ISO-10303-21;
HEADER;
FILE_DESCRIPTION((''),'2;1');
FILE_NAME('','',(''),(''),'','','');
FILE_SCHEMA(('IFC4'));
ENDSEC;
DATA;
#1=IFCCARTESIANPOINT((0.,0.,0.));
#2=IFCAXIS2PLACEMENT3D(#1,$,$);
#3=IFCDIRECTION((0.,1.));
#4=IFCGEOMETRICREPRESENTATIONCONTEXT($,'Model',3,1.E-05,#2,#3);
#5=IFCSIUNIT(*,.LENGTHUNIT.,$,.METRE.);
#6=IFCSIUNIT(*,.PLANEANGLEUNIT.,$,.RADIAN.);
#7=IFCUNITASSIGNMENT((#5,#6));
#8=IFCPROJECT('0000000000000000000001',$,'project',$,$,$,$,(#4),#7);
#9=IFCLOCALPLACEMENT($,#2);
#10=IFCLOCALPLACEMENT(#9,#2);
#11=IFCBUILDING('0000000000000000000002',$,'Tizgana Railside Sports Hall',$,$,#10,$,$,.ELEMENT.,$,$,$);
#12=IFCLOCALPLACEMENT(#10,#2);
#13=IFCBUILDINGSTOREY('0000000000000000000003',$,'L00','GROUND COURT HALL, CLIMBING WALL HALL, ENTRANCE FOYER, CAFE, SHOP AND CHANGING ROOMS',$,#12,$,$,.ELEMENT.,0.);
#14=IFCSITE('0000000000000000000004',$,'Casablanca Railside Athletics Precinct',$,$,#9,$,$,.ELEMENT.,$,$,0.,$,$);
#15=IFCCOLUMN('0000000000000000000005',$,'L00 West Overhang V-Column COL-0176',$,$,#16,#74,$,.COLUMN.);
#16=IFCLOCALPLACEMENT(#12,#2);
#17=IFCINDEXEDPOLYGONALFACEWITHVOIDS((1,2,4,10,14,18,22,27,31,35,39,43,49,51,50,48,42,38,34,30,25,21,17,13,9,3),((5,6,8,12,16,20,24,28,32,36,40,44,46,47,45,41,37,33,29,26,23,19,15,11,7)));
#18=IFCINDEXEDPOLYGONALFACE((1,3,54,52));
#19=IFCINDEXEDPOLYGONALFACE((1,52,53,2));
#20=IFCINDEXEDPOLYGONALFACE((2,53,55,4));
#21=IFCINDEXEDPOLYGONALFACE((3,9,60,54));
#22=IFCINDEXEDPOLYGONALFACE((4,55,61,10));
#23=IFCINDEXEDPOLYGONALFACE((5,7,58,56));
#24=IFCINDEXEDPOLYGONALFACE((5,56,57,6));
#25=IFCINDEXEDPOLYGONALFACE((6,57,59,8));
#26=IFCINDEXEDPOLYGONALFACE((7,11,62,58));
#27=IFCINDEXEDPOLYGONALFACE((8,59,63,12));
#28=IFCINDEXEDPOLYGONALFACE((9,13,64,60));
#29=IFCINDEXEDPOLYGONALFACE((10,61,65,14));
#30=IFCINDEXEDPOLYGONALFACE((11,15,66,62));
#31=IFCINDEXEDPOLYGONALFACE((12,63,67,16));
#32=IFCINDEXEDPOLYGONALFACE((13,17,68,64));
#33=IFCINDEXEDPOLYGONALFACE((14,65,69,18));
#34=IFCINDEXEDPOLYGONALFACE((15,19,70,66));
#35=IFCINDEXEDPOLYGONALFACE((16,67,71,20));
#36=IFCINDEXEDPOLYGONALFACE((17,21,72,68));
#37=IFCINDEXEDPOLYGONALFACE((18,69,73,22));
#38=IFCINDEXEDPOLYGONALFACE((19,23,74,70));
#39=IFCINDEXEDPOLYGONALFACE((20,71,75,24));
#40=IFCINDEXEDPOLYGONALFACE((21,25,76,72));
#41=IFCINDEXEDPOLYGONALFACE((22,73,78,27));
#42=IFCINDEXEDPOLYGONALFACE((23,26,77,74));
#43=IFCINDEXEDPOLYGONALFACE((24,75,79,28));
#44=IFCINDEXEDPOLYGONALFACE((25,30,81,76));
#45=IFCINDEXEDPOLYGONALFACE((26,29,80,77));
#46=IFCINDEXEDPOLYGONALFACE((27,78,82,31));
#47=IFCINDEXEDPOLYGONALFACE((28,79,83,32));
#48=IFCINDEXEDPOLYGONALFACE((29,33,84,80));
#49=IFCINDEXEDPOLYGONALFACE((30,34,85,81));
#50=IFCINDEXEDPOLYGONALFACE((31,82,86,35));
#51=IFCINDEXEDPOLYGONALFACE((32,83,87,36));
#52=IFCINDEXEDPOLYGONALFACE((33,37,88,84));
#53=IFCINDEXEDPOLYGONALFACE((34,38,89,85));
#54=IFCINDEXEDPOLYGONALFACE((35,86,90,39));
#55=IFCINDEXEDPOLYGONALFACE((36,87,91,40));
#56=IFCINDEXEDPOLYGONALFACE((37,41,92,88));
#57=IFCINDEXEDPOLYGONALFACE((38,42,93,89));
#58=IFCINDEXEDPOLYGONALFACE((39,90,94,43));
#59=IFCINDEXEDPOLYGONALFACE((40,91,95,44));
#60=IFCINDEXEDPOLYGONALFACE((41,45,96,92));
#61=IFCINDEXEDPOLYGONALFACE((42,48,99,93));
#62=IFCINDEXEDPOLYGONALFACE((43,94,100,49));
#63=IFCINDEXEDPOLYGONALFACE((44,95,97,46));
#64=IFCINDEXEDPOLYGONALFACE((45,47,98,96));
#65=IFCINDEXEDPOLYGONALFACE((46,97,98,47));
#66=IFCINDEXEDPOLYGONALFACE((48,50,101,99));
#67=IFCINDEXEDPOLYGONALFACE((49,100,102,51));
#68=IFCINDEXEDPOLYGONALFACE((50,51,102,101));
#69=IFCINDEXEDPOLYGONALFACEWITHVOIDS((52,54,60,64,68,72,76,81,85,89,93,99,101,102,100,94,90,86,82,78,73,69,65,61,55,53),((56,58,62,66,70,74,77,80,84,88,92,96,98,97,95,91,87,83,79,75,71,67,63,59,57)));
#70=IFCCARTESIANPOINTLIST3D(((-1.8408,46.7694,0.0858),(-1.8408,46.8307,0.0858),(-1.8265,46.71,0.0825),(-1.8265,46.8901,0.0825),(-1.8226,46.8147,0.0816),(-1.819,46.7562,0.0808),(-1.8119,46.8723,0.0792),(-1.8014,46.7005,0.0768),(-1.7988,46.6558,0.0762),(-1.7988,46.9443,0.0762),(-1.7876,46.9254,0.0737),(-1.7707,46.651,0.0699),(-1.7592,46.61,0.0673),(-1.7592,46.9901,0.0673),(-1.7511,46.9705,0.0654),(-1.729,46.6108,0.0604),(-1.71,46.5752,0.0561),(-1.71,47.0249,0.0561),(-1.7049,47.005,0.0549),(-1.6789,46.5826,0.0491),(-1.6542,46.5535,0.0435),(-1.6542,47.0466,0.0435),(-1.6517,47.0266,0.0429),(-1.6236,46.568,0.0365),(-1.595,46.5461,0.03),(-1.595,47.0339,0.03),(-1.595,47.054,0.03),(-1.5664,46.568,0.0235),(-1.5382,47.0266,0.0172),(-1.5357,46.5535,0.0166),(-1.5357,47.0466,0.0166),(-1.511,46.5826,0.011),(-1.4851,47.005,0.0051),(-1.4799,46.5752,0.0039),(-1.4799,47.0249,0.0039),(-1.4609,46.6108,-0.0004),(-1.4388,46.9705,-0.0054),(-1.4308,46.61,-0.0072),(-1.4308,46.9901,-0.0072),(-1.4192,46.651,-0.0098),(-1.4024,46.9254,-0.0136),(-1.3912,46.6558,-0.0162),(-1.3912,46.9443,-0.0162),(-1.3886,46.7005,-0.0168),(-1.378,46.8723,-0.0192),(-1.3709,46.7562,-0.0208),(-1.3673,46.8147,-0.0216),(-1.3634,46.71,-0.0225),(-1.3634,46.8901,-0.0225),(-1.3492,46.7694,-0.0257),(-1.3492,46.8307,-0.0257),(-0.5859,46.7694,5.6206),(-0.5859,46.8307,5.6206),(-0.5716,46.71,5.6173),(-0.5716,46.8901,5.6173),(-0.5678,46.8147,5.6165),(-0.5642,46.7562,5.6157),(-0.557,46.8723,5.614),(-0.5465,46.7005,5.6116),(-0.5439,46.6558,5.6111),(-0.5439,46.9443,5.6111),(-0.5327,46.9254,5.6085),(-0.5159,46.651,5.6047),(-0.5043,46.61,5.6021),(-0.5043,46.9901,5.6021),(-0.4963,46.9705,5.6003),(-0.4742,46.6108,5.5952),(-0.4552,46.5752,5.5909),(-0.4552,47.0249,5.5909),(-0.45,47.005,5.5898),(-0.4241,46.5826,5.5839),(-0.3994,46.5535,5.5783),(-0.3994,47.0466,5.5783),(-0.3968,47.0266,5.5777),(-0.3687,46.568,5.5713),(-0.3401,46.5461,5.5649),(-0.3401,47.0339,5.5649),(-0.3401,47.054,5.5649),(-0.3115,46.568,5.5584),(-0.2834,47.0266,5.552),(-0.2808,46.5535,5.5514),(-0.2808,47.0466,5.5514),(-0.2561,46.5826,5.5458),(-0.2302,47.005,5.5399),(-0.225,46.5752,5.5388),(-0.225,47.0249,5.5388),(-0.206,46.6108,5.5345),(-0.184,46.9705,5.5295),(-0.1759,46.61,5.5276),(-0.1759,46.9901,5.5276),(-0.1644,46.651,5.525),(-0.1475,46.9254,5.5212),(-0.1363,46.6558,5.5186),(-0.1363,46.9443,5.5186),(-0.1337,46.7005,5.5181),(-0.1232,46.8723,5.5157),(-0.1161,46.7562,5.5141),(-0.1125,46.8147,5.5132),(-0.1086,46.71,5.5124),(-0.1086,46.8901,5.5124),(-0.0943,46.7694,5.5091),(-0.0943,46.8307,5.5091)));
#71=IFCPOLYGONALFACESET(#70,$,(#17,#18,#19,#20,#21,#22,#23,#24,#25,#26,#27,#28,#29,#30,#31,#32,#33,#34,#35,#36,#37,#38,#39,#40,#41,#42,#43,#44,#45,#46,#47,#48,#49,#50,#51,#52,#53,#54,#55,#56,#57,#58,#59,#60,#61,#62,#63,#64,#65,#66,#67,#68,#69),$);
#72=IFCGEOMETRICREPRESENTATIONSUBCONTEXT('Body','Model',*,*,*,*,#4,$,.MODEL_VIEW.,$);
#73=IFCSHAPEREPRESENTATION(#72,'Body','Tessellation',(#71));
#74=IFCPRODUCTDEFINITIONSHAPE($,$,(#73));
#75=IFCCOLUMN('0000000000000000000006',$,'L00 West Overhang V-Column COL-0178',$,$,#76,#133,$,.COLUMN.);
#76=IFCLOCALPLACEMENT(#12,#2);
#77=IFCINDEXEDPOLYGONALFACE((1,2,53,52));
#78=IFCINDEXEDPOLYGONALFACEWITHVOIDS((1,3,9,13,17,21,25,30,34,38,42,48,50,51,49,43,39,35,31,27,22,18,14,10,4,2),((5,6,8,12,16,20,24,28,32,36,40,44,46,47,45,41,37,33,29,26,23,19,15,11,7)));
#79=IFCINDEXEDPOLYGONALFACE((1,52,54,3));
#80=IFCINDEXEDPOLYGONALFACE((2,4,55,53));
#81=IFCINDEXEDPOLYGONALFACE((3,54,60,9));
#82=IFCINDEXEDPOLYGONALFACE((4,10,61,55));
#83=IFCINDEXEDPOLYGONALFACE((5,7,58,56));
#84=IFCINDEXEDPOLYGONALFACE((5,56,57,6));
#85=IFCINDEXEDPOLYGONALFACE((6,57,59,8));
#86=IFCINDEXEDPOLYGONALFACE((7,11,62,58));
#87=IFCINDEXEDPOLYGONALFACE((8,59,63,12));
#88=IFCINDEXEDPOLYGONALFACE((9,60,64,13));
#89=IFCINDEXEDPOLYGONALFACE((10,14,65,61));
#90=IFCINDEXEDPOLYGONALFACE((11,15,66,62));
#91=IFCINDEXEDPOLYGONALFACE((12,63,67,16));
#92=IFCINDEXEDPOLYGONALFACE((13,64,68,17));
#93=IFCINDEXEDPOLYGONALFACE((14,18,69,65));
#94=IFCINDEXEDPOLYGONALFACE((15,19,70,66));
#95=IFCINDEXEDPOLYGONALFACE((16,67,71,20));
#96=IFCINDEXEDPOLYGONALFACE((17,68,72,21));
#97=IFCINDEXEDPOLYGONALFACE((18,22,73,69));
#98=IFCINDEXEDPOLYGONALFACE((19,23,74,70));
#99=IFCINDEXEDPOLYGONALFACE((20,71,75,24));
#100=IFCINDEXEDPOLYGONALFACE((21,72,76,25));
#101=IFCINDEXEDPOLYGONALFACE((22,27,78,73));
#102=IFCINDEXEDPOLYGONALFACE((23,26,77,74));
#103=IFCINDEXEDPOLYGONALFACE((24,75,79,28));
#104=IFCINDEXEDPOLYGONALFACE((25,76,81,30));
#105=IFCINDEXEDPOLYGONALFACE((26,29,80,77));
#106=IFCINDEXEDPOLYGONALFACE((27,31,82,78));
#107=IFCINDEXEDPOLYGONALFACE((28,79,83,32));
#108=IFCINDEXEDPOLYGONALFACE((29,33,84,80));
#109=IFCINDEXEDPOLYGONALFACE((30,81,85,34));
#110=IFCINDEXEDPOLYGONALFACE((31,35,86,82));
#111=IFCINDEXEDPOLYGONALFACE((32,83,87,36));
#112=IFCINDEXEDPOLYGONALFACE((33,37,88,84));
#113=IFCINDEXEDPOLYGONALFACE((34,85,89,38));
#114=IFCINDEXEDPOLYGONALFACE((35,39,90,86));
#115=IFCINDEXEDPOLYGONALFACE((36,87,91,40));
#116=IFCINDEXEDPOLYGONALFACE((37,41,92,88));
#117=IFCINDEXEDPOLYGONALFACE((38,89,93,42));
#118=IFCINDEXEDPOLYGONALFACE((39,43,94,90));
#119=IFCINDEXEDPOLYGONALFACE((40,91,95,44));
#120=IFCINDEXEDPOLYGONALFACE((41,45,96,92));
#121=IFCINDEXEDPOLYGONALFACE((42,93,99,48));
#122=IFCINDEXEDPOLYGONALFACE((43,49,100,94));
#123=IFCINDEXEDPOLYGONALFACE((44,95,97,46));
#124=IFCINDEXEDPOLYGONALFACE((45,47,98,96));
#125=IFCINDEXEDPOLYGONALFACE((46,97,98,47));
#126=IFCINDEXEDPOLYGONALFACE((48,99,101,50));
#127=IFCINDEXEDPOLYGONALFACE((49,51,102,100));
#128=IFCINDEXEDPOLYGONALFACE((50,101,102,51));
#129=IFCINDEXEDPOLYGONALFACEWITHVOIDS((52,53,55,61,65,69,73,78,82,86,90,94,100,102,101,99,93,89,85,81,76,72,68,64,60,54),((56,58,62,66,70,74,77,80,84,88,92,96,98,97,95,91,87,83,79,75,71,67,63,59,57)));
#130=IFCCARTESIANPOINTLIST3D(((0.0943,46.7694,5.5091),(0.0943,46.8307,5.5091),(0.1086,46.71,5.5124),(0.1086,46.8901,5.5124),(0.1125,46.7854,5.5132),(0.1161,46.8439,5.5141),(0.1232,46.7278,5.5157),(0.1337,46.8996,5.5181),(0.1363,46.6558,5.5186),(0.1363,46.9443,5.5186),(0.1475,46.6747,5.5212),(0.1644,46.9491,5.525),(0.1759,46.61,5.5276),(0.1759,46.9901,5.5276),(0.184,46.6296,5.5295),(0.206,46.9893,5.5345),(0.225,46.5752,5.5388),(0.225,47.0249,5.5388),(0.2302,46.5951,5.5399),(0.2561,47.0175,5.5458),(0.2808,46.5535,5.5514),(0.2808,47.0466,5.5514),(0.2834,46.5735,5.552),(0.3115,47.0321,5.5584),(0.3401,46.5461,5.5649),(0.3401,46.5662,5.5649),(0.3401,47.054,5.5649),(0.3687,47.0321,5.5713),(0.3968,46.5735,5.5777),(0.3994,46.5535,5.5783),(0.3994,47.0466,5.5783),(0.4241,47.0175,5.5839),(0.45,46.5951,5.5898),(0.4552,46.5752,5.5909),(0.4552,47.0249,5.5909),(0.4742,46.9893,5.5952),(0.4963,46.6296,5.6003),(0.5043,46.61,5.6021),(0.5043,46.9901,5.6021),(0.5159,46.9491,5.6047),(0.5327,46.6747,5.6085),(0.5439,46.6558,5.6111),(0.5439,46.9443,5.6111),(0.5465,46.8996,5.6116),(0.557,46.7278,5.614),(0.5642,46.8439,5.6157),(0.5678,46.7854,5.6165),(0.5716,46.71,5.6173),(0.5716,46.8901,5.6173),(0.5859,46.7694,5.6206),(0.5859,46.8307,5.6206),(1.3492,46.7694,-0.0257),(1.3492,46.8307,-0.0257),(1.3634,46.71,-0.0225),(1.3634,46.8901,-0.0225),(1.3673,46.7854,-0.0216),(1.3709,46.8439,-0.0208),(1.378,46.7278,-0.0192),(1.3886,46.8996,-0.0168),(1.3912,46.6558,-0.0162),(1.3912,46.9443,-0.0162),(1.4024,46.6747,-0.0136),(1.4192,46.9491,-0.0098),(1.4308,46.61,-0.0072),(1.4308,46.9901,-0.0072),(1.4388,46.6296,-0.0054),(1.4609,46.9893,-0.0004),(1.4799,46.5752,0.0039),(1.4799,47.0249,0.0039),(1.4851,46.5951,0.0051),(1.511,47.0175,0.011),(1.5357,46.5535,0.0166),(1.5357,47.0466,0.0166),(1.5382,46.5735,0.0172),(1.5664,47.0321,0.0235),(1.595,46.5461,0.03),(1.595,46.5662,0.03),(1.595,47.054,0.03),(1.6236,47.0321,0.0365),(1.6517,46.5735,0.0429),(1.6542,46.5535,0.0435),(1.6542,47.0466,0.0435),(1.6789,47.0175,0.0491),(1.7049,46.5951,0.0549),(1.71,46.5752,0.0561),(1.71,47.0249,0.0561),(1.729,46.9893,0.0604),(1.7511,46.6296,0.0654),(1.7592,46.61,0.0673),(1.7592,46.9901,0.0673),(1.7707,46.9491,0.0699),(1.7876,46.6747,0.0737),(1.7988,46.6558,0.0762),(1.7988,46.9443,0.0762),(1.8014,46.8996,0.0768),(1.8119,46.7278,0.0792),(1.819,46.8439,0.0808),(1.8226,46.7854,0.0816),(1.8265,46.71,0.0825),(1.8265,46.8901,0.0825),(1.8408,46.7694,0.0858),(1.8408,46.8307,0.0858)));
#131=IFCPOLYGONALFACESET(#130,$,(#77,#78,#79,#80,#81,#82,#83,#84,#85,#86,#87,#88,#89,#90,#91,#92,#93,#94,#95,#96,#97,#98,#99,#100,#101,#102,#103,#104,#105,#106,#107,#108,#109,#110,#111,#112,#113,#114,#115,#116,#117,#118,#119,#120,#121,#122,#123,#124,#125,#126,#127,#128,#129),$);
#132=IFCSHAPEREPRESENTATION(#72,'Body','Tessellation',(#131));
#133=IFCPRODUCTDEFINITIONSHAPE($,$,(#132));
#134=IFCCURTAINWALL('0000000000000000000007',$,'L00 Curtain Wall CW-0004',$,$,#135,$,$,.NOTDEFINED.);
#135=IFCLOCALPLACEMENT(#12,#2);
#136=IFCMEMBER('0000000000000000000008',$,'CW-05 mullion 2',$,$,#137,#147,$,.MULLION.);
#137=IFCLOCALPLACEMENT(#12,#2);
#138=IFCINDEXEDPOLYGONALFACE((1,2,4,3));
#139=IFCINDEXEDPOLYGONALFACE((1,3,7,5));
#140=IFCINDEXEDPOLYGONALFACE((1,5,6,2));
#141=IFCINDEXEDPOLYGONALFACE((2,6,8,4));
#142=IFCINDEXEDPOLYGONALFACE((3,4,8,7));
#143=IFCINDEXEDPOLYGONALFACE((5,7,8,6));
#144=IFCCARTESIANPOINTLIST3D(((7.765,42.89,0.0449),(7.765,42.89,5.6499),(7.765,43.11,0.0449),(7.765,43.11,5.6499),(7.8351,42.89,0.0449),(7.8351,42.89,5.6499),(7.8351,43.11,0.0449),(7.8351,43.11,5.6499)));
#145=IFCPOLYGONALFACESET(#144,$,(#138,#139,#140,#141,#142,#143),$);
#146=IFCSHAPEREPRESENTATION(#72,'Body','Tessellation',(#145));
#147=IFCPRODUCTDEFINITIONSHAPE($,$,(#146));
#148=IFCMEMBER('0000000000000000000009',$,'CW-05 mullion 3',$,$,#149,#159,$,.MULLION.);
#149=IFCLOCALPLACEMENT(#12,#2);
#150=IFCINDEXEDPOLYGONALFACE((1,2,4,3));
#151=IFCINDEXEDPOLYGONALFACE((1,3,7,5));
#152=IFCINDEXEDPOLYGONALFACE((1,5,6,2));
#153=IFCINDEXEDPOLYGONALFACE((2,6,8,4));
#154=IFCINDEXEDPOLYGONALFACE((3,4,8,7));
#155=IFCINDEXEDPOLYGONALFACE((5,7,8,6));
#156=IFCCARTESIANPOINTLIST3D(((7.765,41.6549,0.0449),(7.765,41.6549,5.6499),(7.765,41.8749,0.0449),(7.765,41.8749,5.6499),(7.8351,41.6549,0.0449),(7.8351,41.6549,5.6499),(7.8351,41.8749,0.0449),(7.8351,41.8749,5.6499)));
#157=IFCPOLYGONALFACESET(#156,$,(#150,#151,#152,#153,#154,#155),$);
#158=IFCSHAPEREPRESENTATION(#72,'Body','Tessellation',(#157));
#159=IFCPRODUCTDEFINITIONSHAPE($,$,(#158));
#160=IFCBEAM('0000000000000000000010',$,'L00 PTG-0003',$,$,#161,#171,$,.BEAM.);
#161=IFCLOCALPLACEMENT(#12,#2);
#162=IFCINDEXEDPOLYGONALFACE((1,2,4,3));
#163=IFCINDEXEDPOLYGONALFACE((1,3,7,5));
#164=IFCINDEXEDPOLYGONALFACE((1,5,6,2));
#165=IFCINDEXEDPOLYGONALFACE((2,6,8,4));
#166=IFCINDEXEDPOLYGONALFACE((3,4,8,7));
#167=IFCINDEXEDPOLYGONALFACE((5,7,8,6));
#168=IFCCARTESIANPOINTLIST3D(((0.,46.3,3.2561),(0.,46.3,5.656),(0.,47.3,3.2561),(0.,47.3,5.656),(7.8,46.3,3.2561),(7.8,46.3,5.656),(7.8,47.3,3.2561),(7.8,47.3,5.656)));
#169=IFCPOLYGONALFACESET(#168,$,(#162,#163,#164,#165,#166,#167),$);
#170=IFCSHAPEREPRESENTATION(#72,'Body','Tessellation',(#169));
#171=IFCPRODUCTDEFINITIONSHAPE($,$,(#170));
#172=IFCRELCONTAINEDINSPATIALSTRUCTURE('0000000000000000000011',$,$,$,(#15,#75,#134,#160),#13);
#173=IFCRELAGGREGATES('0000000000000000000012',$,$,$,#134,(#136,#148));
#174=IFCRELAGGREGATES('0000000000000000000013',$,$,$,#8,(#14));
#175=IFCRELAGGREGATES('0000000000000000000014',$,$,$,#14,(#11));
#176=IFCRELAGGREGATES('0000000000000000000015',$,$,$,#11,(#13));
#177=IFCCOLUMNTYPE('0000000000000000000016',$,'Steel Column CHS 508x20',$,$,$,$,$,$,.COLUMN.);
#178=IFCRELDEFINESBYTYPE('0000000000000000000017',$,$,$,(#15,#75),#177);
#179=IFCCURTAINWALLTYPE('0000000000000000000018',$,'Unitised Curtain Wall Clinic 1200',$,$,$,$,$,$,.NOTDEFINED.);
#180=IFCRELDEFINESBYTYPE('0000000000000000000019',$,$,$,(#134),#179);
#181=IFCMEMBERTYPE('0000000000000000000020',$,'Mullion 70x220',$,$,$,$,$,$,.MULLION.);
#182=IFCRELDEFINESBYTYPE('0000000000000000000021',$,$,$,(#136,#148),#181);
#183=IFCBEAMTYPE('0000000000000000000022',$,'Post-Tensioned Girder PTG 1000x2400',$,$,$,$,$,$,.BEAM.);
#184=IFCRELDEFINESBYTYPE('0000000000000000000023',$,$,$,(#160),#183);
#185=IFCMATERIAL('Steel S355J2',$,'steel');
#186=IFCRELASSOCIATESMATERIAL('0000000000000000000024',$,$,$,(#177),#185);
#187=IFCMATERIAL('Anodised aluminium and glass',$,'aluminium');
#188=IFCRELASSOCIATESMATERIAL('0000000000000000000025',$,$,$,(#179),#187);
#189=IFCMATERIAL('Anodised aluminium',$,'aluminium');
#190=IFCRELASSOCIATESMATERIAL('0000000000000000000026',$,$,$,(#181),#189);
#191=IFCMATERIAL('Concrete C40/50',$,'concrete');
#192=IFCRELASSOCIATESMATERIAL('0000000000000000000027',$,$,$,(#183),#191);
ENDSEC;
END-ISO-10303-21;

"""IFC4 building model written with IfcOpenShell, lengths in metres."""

from ifc_helpers import new_model, si_unit, direction, frame, origin, origin_2d, place, context, subcontext, project, spatial, rectangle, hollow_circle, extrude, material, material_profile, profile_set, type_object, element, aggregate, save


model = new_model("IFC4")

# Units and contexts
model_context = context("Model", 3, precision=1e-05, world=origin(), true_north=direction((0.0, 1.0)))
body_context = subcontext(model_context, "Body", "Model", "MODEL_VIEW")
ifc_project = project(units=[si_unit("LENGTHUNIT", "METRE"), si_unit("PLANEANGLEUNIT", "RADIAN")], contexts=[model_context])

# Site, building, storey
site_placement = place(None, origin())
site = spatial("IfcSite", under=ifc_project, at=site_placement, Name="Casablanca Railside Athletics Precinct", CompositionType="ELEMENT", RefElevation=0.0)
building_placement = place(site_placement, origin())
building = spatial("IfcBuilding", under=site, at=building_placement, Name="Tizgana Railside Sports Hall", CompositionType="ELEMENT")
storey_placement = place(building_placement, origin())
storey = spatial("IfcBuildingStorey", under=building, at=storey_placement, Name="L00", Description="GROUND COURT HALL, CLIMBING WALL HALL, ENTRANCE FOYER, CAFE, SHOP AND CHANGING ROOMS", CompositionType="ELEMENT", Elevation=0.0)

# Columns
ifc_material_1 = material(Name="Steel S355J2", Category="steel")
ifc_material_profile_1 = material_profile(ifc_material_1, hollow_circle(Radius=0.2539, WallThickness=0.02, at=origin_2d()), Name="CHS 508x20")
ifc_profile_set_1 = profile_set([ifc_material_profile_1], Name="Steel S355J2")
column_type = type_object("IfcColumnType", Name="Steel Column CHS 508x20", PredefinedType="COLUMN", material=ifc_profile_set_1)
for number, where, z_axis, x_axis, name in (
    (1, (-1.595, 46.8, 0.03), (0.22111, 0.0, 0.975249), (0.0, 1.0, 0.0), "L00 West Overhang V-Column COL-0176"),
    (2, (1.595, 46.8, 0.03), (-0.22111, 0.0, 0.975249), (0.0, -1.0, 0.0), "L00 West Overhang V-Column COL-0178"),
):
    element("IfcColumn", number, at=place(storey_placement, frame(where, z_axis=z_axis, x_axis=x_axis)), inside=storey, type_object=column_type, Name=name, PredefinedType="COLUMN", context=body_context, shape_type="SweptSolid", body=[
        extrude(hollow_circle(Radius=0.2539, WallThickness=0.02, at=origin_2d()), origin(), (0.0, 0.0, 1.0), 5.6753),
    ])

# Curtain wall, members
ifc_material_2 = material(Name="Anodised aluminium and glass", Category="aluminium")
curtain_wall_type = type_object("IfcCurtainWallType", Name="Unitised Curtain Wall Clinic 1200", PredefinedType="NOTDEFINED", material=ifc_material_2)
curtain_wall_placement = place(storey_placement, origin())
curtain_wall = element("IfcCurtainWall", 3, at=curtain_wall_placement, inside=storey, type_object=curtain_wall_type, Name="L00 Curtain Wall CW-0004", PredefinedType="NOTDEFINED")
ifc_material_3 = material(Name="Anodised aluminium", Category="aluminium")
ifc_material_profile_2 = material_profile(ifc_material_3, rectangle(XDim=0.0701, YDim=0.22, at=origin_2d()), Name="Mullion 70x220")
ifc_profile_set_2 = profile_set([ifc_material_profile_2], Name="Anodised aluminium")
member_type_1 = type_object("IfcMemberType", Name="Mullion 70x220", PredefinedType="MULLION", material=ifc_profile_set_2)
member_1_placement = place(storey_placement, frame((7.8, 43.0, 0.0449), z_axis=(0.0, 0.0, 1.0), x_axis=(1.0, 0.0, 0.0)))
member_1 = element("IfcMember", 4, at=member_1_placement, type_object=member_type_1, Name="CW-05 mullion 2", PredefinedType="MULLION", context=body_context, shape_type="SweptSolid", body=[
    extrude(rectangle(XDim=0.0701, YDim=0.22, at=origin_2d()), origin(), (0.0, 0.0, 1.0), 5.605),
])
member_2_placement = place(storey_placement, frame((7.8, 41.7649, 0.0449), z_axis=(0.0, 0.0, 1.0), x_axis=(1.0, 0.0, 0.0)))
member_2 = element("IfcMember", 5, at=member_2_placement, type_object=member_type_1, Name="CW-05 mullion 3", PredefinedType="MULLION", context=body_context, shape_type="SweptSolid", body=[
    extrude(rectangle(XDim=0.0701, YDim=0.22, at=origin_2d()), origin(), (0.0, 0.0, 1.0), 5.605),
])

# Beam
ifc_material_4 = material(Name="Concrete C40/50", Category="concrete")
ifc_material_profile_3 = material_profile(ifc_material_4, rectangle(XDim=1.0, YDim=2.3999, at=origin_2d()), Name="PTG 1000x2400")
ifc_profile_set_3 = profile_set([ifc_material_profile_3], Name="Concrete C40/50")
beam_type_1 = type_object("IfcBeamType", Name="Post-Tensioned Girder PTG 1000x2400", PredefinedType="BEAM", material=ifc_profile_set_3)
beam_1_placement = place(storey_placement, frame((0.0, 46.8, 4.4561), z_axis=(1.0, 0.0, 0.0), x_axis=(0.0, 1.0, 0.0)))
element("IfcBeam", 6, at=beam_1_placement, inside=storey, type_object=beam_type_1, Name="L00 PTG-0003", PredefinedType="BEAM", context=body_context, shape_type="SweptSolid", body=[
    extrude(rectangle(XDim=1.0, YDim=2.3999, at=origin_2d()), origin(), (0.0, 0.0, 1.0), 7.8),
])

aggregate(curtain_wall, [member_1, member_2])

save(model, "model.ifc")
